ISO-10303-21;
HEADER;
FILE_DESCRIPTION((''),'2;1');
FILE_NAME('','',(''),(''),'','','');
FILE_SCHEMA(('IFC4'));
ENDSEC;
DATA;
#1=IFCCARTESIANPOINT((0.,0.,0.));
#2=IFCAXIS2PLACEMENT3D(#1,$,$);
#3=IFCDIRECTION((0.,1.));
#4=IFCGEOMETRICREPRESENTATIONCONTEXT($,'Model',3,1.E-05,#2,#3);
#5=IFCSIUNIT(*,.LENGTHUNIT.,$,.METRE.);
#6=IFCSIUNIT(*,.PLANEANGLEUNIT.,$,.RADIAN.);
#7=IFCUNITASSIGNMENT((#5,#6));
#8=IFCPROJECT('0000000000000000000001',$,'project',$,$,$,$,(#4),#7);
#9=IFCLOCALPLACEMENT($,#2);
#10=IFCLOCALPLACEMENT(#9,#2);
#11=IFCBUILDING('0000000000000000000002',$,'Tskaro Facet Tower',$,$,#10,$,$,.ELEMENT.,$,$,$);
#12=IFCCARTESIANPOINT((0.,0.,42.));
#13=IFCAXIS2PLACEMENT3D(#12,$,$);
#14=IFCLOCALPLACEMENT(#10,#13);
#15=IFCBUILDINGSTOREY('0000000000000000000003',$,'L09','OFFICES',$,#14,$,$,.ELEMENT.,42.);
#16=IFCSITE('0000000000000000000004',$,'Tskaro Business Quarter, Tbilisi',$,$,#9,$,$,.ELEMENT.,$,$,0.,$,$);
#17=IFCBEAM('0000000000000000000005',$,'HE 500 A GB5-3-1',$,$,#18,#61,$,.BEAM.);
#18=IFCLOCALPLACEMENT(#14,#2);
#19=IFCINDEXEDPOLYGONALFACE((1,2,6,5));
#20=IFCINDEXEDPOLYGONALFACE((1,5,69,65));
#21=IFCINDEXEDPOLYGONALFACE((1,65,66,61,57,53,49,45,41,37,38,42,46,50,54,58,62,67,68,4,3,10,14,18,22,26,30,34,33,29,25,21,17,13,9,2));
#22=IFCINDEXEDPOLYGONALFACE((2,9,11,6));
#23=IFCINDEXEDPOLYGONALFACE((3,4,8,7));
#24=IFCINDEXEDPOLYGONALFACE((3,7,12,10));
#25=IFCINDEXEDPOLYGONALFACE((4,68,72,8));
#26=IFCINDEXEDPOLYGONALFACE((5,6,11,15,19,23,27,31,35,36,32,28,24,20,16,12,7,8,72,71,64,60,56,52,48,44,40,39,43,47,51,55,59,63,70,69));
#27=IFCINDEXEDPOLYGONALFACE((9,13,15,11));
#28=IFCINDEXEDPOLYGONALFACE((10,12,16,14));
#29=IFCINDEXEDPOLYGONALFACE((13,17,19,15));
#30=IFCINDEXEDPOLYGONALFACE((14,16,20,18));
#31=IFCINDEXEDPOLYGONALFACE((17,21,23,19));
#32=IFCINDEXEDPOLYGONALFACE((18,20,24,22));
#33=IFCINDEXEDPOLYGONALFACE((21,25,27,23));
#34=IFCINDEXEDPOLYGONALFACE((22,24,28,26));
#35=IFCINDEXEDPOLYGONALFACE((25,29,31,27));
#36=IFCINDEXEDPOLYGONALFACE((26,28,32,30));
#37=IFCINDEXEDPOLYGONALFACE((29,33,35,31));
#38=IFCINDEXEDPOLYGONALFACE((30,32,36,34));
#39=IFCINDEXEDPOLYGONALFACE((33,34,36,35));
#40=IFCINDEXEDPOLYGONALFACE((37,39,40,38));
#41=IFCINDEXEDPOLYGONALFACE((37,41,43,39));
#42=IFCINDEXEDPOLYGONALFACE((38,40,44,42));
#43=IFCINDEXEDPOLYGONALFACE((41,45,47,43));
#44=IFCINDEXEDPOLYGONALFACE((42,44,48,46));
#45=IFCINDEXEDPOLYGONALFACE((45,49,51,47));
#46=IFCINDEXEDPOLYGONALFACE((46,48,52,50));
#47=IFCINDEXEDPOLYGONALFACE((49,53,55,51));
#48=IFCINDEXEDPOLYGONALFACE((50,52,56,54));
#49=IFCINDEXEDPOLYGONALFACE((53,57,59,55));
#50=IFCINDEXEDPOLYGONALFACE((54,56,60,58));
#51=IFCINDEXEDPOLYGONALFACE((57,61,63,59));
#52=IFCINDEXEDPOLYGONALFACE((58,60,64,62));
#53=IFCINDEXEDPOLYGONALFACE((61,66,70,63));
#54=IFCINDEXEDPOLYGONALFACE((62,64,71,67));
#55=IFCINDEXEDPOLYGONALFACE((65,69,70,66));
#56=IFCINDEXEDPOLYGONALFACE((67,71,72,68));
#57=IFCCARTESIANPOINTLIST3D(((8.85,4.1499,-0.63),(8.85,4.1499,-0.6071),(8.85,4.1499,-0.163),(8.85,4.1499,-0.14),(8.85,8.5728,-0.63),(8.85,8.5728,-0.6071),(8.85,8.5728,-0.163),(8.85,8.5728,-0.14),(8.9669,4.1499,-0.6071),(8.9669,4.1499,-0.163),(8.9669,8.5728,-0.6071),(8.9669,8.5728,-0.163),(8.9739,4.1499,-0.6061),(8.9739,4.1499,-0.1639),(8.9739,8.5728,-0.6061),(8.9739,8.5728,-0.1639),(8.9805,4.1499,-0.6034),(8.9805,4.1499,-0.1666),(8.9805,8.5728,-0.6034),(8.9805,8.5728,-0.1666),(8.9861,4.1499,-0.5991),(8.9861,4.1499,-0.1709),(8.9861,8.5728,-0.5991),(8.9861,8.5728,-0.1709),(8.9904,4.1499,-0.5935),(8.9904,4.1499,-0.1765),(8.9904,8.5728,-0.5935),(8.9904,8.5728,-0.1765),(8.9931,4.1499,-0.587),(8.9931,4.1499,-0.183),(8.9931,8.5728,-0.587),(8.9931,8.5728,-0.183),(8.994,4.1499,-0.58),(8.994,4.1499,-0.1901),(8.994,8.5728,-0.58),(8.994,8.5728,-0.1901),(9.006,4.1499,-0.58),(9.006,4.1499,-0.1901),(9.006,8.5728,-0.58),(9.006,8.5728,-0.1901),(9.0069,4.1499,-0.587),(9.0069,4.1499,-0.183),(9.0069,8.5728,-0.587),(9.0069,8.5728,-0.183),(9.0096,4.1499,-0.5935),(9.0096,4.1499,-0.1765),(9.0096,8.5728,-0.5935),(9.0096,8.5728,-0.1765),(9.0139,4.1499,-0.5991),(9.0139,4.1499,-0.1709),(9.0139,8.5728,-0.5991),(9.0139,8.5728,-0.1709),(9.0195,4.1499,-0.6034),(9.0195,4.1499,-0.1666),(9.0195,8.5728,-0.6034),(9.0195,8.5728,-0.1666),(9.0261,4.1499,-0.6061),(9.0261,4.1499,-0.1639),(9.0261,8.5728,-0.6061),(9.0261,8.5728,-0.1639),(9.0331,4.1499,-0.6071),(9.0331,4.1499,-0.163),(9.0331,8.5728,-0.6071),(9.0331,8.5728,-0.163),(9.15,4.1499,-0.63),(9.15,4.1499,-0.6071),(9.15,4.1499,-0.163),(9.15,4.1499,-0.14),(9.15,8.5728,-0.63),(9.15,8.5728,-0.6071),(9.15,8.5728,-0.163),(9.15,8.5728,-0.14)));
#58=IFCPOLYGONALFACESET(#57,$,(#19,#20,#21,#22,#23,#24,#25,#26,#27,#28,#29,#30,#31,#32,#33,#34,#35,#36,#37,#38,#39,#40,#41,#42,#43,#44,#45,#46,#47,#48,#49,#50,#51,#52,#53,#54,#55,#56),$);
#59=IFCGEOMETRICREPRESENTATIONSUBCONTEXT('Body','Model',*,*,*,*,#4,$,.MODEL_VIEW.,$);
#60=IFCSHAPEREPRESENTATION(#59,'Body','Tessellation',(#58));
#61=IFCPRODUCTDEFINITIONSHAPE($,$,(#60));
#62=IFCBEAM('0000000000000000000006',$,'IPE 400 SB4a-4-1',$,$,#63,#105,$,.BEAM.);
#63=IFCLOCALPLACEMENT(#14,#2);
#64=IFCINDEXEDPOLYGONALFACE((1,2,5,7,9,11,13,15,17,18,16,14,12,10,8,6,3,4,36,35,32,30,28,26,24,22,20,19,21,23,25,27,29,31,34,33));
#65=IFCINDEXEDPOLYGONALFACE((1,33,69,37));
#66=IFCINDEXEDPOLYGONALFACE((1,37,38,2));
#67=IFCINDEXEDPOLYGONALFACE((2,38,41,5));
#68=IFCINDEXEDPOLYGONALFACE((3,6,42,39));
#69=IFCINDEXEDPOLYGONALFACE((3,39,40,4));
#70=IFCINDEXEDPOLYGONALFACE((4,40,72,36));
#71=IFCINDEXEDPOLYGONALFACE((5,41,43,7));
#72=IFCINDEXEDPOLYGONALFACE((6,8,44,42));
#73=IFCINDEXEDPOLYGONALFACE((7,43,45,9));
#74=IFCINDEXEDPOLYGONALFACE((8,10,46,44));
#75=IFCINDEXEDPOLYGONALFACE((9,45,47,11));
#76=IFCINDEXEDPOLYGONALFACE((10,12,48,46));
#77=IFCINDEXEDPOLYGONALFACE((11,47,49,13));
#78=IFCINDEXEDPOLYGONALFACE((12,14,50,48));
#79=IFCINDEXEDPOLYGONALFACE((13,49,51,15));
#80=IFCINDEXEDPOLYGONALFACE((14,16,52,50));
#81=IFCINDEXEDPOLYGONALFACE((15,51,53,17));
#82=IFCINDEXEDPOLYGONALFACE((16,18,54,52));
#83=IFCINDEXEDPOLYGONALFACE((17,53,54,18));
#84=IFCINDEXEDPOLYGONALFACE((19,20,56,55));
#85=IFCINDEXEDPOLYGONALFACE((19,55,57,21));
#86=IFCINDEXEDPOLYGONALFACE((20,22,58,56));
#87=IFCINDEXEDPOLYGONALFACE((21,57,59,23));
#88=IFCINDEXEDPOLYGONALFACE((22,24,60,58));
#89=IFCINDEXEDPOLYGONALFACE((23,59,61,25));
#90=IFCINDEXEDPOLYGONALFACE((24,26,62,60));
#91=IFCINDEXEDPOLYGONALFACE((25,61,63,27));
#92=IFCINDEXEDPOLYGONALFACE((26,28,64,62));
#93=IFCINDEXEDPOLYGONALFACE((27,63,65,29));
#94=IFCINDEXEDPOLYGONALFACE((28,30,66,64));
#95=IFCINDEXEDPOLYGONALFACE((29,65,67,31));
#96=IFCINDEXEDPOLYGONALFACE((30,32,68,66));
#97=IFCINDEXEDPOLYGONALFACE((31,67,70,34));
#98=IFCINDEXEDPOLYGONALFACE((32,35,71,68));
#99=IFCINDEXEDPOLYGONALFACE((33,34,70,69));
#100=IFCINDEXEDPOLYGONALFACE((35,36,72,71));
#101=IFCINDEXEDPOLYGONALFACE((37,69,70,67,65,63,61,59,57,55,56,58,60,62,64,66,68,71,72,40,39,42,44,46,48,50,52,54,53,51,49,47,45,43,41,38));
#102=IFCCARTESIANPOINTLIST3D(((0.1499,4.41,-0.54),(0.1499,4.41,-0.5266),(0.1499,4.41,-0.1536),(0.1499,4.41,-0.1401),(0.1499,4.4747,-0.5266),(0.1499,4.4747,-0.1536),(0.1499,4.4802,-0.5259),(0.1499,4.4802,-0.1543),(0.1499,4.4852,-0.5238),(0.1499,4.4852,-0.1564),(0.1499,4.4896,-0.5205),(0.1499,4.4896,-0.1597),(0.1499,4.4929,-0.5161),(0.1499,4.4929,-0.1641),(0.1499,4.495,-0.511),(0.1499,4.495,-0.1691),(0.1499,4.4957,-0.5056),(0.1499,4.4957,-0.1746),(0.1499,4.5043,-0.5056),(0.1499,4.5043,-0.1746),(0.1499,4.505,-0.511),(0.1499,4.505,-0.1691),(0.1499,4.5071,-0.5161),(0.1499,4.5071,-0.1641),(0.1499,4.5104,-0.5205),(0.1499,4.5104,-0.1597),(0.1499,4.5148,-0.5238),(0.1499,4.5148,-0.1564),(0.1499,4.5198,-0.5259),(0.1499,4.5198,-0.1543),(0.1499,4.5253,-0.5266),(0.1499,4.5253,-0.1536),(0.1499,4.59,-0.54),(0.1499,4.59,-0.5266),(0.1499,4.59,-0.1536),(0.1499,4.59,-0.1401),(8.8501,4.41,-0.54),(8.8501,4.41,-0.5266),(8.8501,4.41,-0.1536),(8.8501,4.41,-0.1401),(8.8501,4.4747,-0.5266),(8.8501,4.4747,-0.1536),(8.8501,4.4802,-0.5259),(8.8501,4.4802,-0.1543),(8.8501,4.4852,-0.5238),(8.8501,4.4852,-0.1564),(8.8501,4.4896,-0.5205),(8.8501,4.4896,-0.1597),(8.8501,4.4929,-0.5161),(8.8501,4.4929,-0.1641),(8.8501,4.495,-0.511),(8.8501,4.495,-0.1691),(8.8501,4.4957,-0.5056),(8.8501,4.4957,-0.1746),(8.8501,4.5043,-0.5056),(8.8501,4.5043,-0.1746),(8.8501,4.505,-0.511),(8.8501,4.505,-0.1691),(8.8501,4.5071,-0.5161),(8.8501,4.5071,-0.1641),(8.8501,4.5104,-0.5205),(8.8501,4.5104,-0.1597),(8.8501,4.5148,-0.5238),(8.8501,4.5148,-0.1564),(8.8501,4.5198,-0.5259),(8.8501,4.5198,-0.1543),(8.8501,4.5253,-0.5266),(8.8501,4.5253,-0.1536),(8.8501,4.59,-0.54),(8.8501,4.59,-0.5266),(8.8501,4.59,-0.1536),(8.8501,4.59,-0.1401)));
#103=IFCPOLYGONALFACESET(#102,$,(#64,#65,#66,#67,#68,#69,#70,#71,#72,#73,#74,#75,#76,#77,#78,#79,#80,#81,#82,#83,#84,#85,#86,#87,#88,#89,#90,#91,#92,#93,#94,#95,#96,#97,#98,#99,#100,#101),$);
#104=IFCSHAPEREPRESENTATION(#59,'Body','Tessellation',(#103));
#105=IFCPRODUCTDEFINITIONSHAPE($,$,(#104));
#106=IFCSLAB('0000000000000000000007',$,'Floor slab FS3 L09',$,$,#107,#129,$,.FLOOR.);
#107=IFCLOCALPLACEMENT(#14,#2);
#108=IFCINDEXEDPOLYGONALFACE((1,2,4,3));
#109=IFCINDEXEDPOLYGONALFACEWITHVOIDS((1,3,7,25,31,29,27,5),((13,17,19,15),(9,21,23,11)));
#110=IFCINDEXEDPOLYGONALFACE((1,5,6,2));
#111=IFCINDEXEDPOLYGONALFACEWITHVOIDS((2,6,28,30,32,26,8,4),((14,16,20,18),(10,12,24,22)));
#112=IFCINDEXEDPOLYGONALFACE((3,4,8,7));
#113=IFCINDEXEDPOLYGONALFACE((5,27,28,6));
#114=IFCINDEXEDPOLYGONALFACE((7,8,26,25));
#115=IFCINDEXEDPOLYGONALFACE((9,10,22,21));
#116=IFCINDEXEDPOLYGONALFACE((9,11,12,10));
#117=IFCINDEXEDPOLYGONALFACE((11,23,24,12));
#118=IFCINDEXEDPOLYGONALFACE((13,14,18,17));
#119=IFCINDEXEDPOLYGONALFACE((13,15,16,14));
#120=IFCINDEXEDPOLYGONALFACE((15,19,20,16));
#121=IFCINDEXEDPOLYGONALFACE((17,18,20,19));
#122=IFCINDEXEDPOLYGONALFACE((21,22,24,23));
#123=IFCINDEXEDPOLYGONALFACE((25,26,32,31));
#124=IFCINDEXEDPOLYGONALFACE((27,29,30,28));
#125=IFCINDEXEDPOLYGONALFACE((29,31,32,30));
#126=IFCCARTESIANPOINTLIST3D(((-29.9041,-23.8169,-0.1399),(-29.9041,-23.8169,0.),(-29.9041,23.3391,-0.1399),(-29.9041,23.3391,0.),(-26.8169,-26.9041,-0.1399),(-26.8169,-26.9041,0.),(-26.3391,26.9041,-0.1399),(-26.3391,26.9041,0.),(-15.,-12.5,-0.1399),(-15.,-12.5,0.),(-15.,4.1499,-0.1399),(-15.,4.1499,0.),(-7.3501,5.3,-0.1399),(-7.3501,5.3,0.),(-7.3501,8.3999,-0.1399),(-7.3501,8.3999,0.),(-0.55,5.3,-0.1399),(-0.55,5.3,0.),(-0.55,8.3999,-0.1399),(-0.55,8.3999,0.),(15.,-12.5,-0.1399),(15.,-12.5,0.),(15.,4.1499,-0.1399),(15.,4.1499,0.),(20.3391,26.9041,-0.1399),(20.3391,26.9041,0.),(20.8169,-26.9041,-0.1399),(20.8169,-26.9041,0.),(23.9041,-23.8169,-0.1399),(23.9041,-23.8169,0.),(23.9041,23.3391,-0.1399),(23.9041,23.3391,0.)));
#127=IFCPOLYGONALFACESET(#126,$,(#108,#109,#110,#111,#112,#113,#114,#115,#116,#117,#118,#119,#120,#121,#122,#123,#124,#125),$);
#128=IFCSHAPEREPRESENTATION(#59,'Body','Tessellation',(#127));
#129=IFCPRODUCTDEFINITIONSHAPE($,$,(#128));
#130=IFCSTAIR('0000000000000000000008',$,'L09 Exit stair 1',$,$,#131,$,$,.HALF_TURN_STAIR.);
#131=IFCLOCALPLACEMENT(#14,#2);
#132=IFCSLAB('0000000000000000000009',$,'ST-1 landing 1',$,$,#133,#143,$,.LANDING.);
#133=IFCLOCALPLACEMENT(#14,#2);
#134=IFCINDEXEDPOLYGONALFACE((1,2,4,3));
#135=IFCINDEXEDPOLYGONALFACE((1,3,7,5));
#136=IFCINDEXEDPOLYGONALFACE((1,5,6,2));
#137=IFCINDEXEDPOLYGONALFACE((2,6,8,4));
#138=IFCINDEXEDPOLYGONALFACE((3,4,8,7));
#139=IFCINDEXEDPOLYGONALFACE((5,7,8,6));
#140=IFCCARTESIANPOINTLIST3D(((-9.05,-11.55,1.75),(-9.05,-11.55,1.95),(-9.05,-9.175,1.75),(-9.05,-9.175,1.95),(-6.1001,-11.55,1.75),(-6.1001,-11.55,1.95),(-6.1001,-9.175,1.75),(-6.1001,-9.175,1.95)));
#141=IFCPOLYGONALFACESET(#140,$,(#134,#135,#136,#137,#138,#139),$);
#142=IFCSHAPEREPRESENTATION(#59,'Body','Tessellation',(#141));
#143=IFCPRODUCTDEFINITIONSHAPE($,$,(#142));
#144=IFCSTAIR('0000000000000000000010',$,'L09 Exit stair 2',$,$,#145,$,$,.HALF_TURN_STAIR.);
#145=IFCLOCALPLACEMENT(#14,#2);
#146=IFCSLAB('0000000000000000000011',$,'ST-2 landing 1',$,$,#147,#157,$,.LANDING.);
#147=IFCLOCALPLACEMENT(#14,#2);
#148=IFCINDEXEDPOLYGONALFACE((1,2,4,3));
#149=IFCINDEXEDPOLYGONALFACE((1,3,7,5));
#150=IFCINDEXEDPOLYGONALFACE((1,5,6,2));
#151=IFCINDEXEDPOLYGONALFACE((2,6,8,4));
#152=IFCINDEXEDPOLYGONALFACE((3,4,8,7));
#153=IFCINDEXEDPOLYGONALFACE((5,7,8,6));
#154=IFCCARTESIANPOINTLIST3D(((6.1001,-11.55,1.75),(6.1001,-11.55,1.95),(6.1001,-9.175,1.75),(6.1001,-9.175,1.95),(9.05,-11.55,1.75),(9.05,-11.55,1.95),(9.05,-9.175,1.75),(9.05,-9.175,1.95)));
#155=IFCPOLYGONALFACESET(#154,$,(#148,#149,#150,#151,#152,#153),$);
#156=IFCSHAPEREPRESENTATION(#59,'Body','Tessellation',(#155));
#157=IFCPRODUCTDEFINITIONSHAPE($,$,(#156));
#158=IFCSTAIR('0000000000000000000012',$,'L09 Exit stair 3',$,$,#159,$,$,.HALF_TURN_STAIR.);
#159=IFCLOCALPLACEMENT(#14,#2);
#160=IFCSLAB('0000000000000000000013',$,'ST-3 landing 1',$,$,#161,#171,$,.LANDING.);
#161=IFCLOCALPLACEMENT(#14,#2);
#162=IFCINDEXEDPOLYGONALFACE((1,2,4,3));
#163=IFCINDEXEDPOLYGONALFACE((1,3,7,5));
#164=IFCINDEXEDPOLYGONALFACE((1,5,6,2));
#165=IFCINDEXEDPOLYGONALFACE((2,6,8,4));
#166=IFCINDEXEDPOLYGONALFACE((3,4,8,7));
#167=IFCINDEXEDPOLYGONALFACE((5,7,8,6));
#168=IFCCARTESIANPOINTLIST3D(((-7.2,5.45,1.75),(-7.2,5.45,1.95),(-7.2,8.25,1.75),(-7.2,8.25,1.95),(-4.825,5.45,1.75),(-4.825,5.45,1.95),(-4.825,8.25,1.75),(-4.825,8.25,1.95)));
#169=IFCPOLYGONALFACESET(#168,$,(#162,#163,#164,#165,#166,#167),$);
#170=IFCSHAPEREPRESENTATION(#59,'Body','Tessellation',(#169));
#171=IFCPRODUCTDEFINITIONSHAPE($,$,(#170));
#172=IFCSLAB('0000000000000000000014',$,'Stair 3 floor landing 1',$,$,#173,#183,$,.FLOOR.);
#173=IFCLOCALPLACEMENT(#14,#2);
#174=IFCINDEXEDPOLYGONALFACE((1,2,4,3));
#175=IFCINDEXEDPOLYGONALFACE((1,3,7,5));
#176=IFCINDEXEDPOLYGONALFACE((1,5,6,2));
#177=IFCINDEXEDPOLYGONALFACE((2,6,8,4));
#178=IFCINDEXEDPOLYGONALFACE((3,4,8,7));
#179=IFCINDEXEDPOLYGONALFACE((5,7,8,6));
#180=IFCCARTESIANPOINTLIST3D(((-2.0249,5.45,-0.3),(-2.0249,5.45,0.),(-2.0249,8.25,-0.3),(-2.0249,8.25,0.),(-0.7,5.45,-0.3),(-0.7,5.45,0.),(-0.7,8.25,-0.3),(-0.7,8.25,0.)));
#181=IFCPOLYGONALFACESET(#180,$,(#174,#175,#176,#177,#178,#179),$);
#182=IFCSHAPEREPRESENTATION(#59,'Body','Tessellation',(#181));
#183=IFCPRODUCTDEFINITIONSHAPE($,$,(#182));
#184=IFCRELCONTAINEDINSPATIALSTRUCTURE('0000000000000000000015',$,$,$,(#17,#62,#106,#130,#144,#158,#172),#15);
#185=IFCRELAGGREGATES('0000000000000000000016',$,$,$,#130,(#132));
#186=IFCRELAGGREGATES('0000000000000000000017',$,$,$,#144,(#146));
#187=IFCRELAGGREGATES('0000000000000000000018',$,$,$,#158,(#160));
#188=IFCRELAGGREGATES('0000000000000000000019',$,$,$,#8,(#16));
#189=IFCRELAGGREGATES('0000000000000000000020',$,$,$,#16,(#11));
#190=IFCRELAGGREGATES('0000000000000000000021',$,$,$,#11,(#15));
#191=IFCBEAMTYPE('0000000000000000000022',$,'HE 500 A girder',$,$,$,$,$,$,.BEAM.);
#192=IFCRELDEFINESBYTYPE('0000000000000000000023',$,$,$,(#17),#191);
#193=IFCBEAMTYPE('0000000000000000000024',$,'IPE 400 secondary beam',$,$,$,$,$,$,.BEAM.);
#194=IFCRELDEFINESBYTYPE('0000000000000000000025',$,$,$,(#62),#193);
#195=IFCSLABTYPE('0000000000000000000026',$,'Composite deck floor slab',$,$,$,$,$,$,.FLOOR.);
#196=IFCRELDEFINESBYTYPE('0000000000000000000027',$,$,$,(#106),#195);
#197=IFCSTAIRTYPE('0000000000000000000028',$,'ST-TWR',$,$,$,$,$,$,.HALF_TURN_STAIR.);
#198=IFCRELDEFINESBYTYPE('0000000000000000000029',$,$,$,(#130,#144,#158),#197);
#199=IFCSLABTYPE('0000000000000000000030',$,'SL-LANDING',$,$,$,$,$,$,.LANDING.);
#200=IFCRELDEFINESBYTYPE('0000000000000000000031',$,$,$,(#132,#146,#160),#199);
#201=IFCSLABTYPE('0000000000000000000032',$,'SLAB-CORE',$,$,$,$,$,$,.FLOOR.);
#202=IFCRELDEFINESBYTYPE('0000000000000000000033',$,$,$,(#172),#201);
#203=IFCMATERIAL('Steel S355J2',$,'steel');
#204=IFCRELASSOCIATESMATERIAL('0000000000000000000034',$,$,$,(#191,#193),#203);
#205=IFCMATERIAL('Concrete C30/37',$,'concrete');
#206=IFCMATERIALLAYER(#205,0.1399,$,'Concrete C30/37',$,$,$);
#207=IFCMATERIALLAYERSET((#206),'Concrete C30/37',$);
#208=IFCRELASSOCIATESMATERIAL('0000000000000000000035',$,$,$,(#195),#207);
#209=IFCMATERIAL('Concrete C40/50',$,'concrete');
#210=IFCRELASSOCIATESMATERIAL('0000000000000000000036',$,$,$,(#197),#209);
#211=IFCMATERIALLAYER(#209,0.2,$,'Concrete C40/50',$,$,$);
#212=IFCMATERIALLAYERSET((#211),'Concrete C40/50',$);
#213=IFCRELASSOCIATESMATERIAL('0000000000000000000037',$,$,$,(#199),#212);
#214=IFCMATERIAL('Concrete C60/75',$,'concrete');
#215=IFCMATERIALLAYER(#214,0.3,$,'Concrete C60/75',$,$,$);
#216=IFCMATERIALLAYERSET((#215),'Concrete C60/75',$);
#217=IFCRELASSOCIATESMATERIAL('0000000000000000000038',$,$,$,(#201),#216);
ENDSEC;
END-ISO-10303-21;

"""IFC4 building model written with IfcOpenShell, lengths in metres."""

from ifc_helpers import new_model, si_unit, direction, frame, origin, origin_2d, place, context, subcontext, project, spatial, polyline, i_section, outline, extrude, material, layer, layer_set, material_profile, profile_set, type_object, element, aggregate, save


model = new_model("IFC4")

# Units and contexts
model_context = context("Model", 3, precision=1e-05, world=origin(), true_north=direction((0.0, 1.0)))
body_context = subcontext(model_context, "Body", "Model", "MODEL_VIEW")
ifc_project = project(units=[si_unit("LENGTHUNIT", "METRE"), si_unit("PLANEANGLEUNIT", "RADIAN")], contexts=[model_context])

# Site, building, storey
site_placement = place(None, origin())
site = spatial("IfcSite", under=ifc_project, at=site_placement, Name="Tskaro Business Quarter, Tbilisi", CompositionType="ELEMENT", RefElevation=0.0)
building_placement = place(site_placement, origin())
building = spatial("IfcBuilding", under=site, at=building_placement, Name="Tskaro Facet Tower", CompositionType="ELEMENT")
storey_placement = place(building_placement, frame((0.0, 0.0, 42.0)))
storey = spatial("IfcBuildingStorey", under=building, at=storey_placement, Name="L09", Description="OFFICES", CompositionType="ELEMENT", Elevation=42.0)

# Beams
ifc_material_1 = material(Name="Steel S355J2", Category="steel")
ifc_material_profile_1 = material_profile(ifc_material_1, i_section(OverallWidth=0.3, OverallDepth=0.49, WebThickness=0.012, FlangeThickness=0.0229, FilletRadius=0.0271, at=origin_2d()), Name="HE 500 A")
ifc_profile_set_1 = profile_set([ifc_material_profile_1], Name="Steel S355J2")
beam_type_1 = type_object("IfcBeamType", Name="HE 500 A girder", PredefinedType="BEAM", material=ifc_profile_set_1)
beam_1_placement = place(storey_placement, frame((9.0, 4.1499, -0.385), z_axis=(0.0, 1.0, 0.0), x_axis=(-1.0, 0.0, 0.0)))
element("IfcBeam", 1, at=beam_1_placement, inside=storey, type_object=beam_type_1, Name="HE 500 A GB5-3-1", PredefinedType="BEAM", context=body_context, shape_type="SweptSolid", body=[
    extrude(i_section(OverallWidth=0.3, OverallDepth=0.49, WebThickness=0.012, FlangeThickness=0.0229, FilletRadius=0.0271, at=origin_2d()), origin(), (0.0, 0.0, 1.0), 4.4229),
])
ifc_material_profile_2 = material_profile(ifc_material_1, i_section(OverallWidth=0.1799, OverallDepth=0.3999, WebThickness=0.0085, FlangeThickness=0.0134, FilletRadius=0.021, at=origin_2d()), Name="IPE 400")
ifc_profile_set_2 = profile_set([ifc_material_profile_2], Name="Steel S355J2")
beam_type_2 = type_object("IfcBeamType", Name="IPE 400 secondary beam", PredefinedType="BEAM", material=ifc_profile_set_2)
beam_2_placement = place(storey_placement, frame((0.1499, 4.5, -0.3401), z_axis=(1.0, 0.0, 0.0), x_axis=(0.0, 1.0, 0.0)))
element("IfcBeam", 2, at=beam_2_placement, inside=storey, type_object=beam_type_2, Name="IPE 400 SB4a-4-1", PredefinedType="BEAM", context=body_context, shape_type="SweptSolid", body=[
    extrude(i_section(OverallWidth=0.1799, OverallDepth=0.3999, WebThickness=0.0085, FlangeThickness=0.0134, FilletRadius=0.021, at=origin_2d()), origin(), (0.0, 0.0, 1.0), 8.7002),
])

# Slab
ifc_material_2 = material(Name="Concrete C30/37", Category="concrete")
ifc_layer_1 = layer(ifc_material_2, 0.1399, Name="Concrete C30/37")
ifc_layer_set_1 = layer_set([ifc_layer_1], Name="Concrete C30/37")
slab_type_1 = type_object("IfcSlabType", Name="Composite deck floor slab", PredefinedType="FLOOR", material=ifc_layer_set_1)
slab_1_placement = place(storey_placement, frame((0.0, 0.0, -0.1399)))
element("IfcSlab", 3, at=slab_1_placement, inside=storey, type_object=slab_type_1, Name="Floor slab FS3 L09", PredefinedType="FLOOR", context=body_context, shape_type="SweptSolid", body=[
    extrude(outline(polyline([(-26.8169, -26.9041), (20.8169, -26.9041), (23.9041, -23.8169), (23.9041, 23.3391), (20.3391, 26.9041), (-26.3391, 26.9041), (-29.9041, 23.3391), (-29.9041, -23.8169), (-26.8169, -26.9041)]), holes=[polyline([(-15.0, -12.5), (15.0, -12.5), (15.0, 4.1499), (-15.0, 4.1499), (-15.0, -12.5)]), polyline([(-7.3501, 5.3), (-0.55, 5.3), (-0.55, 8.3999), (-7.3501, 8.3999), (-7.3501, 5.3)])]), origin(), (0.0, 0.0, 1.0), 0.1399),
])

# Stairs, slabs
ifc_material_3 = material(Name="Concrete C40/50", Category="concrete")
stair_type = type_object("IfcStairType", Name="ST-TWR", PredefinedType="HALF_TURN_STAIR", material=ifc_material_3)
stair_1_placement = place(storey_placement, origin())
stair_1 = element("IfcStair", 4, at=stair_1_placement, inside=storey, type_object=stair_type, Name="L09 Exit stair 1", PredefinedType="HALF_TURN_STAIR")
ifc_layer_2 = layer(ifc_material_3, 0.2, Name="Concrete C40/50")
ifc_layer_set_2 = layer_set([ifc_layer_2], Name="Concrete C40/50")
slab_type_2 = type_object("IfcSlabType", Name="SL-LANDING", PredefinedType="LANDING", material=ifc_layer_set_2)
slab_2_placement = place(storey_placement, frame((0.0, 0.0, 1.75)))
slab_2 = element("IfcSlab", 5, at=slab_2_placement, type_object=slab_type_2, Name="ST-1 landing 1", PredefinedType="LANDING", context=body_context, shape_type="SweptSolid", body=[
    extrude(outline(polyline([(-9.05, -11.55), (-6.1001, -11.55), (-6.1001, -9.175), (-9.05, -9.175), (-9.05, -11.55)])), origin(), (0.0, 0.0, 1.0), 0.2),
])
aggregate(stair_1, [slab_2])
stair_2_placement = place(storey_placement, origin())
stair_2 = element("IfcStair", 6, at=stair_2_placement, inside=storey, type_object=stair_type, Name="L09 Exit stair 2", PredefinedType="HALF_TURN_STAIR")
slab_3_placement = place(storey_placement, frame((0.0, 0.0, 1.75)))
slab_3 = element("IfcSlab", 7, at=slab_3_placement, type_object=slab_type_2, Name="ST-2 landing 1", PredefinedType="LANDING", context=body_context, shape_type="SweptSolid", body=[
    extrude(outline(polyline([(6.1001, -11.55), (9.05, -11.55), (9.05, -9.175), (6.1001, -9.175), (6.1001, -11.55)])), origin(), (0.0, 0.0, 1.0), 0.2),
])
aggregate(stair_2, [slab_3])
stair_3_placement = place(storey_placement, origin())
stair_3 = element("IfcStair", 8, at=stair_3_placement, inside=storey, type_object=stair_type, Name="L09 Exit stair 3", PredefinedType="HALF_TURN_STAIR")
slab_4_placement = place(storey_placement, frame((0.0, 0.0, 1.75)))
slab_4 = element("IfcSlab", 9, at=slab_4_placement, type_object=slab_type_2, Name="ST-3 landing 1", PredefinedType="LANDING", context=body_context, shape_type="SweptSolid", body=[
    extrude(outline(polyline([(-7.2, 5.45), (-4.825, 5.45), (-4.825, 8.25), (-7.2, 8.25), (-7.2, 5.45)])), origin(), (0.0, 0.0, 1.0), 0.2),
])

# Slab
ifc_material_4 = material(Name="Concrete C60/75", Category="concrete")
ifc_layer_3 = layer(ifc_material_4, 0.3, Name="Concrete C60/75")
ifc_layer_set_3 = layer_set([ifc_layer_3], Name="Concrete C60/75")
slab_type_3 = type_object("IfcSlabType", Name="SLAB-CORE", PredefinedType="FLOOR", material=ifc_layer_set_3)
slab_5_placement = place(storey_placement, frame((0.0, 0.0, -0.3)))
element("IfcSlab", 10, at=slab_5_placement, inside=storey, type_object=slab_type_3, Name="Stair 3 floor landing 1", PredefinedType="FLOOR", context=body_context, shape_type="SweptSolid", body=[
    extrude(outline(polyline([(-2.0249, 5.45), (-0.7, 5.45), (-0.7, 8.25), (-2.0249, 8.25), (-2.0249, 5.45)])), origin(), (0.0, 0.0, 1.0), 0.3),
])

aggregate(stair_3, [slab_4])

save(model, "model.ifc")
